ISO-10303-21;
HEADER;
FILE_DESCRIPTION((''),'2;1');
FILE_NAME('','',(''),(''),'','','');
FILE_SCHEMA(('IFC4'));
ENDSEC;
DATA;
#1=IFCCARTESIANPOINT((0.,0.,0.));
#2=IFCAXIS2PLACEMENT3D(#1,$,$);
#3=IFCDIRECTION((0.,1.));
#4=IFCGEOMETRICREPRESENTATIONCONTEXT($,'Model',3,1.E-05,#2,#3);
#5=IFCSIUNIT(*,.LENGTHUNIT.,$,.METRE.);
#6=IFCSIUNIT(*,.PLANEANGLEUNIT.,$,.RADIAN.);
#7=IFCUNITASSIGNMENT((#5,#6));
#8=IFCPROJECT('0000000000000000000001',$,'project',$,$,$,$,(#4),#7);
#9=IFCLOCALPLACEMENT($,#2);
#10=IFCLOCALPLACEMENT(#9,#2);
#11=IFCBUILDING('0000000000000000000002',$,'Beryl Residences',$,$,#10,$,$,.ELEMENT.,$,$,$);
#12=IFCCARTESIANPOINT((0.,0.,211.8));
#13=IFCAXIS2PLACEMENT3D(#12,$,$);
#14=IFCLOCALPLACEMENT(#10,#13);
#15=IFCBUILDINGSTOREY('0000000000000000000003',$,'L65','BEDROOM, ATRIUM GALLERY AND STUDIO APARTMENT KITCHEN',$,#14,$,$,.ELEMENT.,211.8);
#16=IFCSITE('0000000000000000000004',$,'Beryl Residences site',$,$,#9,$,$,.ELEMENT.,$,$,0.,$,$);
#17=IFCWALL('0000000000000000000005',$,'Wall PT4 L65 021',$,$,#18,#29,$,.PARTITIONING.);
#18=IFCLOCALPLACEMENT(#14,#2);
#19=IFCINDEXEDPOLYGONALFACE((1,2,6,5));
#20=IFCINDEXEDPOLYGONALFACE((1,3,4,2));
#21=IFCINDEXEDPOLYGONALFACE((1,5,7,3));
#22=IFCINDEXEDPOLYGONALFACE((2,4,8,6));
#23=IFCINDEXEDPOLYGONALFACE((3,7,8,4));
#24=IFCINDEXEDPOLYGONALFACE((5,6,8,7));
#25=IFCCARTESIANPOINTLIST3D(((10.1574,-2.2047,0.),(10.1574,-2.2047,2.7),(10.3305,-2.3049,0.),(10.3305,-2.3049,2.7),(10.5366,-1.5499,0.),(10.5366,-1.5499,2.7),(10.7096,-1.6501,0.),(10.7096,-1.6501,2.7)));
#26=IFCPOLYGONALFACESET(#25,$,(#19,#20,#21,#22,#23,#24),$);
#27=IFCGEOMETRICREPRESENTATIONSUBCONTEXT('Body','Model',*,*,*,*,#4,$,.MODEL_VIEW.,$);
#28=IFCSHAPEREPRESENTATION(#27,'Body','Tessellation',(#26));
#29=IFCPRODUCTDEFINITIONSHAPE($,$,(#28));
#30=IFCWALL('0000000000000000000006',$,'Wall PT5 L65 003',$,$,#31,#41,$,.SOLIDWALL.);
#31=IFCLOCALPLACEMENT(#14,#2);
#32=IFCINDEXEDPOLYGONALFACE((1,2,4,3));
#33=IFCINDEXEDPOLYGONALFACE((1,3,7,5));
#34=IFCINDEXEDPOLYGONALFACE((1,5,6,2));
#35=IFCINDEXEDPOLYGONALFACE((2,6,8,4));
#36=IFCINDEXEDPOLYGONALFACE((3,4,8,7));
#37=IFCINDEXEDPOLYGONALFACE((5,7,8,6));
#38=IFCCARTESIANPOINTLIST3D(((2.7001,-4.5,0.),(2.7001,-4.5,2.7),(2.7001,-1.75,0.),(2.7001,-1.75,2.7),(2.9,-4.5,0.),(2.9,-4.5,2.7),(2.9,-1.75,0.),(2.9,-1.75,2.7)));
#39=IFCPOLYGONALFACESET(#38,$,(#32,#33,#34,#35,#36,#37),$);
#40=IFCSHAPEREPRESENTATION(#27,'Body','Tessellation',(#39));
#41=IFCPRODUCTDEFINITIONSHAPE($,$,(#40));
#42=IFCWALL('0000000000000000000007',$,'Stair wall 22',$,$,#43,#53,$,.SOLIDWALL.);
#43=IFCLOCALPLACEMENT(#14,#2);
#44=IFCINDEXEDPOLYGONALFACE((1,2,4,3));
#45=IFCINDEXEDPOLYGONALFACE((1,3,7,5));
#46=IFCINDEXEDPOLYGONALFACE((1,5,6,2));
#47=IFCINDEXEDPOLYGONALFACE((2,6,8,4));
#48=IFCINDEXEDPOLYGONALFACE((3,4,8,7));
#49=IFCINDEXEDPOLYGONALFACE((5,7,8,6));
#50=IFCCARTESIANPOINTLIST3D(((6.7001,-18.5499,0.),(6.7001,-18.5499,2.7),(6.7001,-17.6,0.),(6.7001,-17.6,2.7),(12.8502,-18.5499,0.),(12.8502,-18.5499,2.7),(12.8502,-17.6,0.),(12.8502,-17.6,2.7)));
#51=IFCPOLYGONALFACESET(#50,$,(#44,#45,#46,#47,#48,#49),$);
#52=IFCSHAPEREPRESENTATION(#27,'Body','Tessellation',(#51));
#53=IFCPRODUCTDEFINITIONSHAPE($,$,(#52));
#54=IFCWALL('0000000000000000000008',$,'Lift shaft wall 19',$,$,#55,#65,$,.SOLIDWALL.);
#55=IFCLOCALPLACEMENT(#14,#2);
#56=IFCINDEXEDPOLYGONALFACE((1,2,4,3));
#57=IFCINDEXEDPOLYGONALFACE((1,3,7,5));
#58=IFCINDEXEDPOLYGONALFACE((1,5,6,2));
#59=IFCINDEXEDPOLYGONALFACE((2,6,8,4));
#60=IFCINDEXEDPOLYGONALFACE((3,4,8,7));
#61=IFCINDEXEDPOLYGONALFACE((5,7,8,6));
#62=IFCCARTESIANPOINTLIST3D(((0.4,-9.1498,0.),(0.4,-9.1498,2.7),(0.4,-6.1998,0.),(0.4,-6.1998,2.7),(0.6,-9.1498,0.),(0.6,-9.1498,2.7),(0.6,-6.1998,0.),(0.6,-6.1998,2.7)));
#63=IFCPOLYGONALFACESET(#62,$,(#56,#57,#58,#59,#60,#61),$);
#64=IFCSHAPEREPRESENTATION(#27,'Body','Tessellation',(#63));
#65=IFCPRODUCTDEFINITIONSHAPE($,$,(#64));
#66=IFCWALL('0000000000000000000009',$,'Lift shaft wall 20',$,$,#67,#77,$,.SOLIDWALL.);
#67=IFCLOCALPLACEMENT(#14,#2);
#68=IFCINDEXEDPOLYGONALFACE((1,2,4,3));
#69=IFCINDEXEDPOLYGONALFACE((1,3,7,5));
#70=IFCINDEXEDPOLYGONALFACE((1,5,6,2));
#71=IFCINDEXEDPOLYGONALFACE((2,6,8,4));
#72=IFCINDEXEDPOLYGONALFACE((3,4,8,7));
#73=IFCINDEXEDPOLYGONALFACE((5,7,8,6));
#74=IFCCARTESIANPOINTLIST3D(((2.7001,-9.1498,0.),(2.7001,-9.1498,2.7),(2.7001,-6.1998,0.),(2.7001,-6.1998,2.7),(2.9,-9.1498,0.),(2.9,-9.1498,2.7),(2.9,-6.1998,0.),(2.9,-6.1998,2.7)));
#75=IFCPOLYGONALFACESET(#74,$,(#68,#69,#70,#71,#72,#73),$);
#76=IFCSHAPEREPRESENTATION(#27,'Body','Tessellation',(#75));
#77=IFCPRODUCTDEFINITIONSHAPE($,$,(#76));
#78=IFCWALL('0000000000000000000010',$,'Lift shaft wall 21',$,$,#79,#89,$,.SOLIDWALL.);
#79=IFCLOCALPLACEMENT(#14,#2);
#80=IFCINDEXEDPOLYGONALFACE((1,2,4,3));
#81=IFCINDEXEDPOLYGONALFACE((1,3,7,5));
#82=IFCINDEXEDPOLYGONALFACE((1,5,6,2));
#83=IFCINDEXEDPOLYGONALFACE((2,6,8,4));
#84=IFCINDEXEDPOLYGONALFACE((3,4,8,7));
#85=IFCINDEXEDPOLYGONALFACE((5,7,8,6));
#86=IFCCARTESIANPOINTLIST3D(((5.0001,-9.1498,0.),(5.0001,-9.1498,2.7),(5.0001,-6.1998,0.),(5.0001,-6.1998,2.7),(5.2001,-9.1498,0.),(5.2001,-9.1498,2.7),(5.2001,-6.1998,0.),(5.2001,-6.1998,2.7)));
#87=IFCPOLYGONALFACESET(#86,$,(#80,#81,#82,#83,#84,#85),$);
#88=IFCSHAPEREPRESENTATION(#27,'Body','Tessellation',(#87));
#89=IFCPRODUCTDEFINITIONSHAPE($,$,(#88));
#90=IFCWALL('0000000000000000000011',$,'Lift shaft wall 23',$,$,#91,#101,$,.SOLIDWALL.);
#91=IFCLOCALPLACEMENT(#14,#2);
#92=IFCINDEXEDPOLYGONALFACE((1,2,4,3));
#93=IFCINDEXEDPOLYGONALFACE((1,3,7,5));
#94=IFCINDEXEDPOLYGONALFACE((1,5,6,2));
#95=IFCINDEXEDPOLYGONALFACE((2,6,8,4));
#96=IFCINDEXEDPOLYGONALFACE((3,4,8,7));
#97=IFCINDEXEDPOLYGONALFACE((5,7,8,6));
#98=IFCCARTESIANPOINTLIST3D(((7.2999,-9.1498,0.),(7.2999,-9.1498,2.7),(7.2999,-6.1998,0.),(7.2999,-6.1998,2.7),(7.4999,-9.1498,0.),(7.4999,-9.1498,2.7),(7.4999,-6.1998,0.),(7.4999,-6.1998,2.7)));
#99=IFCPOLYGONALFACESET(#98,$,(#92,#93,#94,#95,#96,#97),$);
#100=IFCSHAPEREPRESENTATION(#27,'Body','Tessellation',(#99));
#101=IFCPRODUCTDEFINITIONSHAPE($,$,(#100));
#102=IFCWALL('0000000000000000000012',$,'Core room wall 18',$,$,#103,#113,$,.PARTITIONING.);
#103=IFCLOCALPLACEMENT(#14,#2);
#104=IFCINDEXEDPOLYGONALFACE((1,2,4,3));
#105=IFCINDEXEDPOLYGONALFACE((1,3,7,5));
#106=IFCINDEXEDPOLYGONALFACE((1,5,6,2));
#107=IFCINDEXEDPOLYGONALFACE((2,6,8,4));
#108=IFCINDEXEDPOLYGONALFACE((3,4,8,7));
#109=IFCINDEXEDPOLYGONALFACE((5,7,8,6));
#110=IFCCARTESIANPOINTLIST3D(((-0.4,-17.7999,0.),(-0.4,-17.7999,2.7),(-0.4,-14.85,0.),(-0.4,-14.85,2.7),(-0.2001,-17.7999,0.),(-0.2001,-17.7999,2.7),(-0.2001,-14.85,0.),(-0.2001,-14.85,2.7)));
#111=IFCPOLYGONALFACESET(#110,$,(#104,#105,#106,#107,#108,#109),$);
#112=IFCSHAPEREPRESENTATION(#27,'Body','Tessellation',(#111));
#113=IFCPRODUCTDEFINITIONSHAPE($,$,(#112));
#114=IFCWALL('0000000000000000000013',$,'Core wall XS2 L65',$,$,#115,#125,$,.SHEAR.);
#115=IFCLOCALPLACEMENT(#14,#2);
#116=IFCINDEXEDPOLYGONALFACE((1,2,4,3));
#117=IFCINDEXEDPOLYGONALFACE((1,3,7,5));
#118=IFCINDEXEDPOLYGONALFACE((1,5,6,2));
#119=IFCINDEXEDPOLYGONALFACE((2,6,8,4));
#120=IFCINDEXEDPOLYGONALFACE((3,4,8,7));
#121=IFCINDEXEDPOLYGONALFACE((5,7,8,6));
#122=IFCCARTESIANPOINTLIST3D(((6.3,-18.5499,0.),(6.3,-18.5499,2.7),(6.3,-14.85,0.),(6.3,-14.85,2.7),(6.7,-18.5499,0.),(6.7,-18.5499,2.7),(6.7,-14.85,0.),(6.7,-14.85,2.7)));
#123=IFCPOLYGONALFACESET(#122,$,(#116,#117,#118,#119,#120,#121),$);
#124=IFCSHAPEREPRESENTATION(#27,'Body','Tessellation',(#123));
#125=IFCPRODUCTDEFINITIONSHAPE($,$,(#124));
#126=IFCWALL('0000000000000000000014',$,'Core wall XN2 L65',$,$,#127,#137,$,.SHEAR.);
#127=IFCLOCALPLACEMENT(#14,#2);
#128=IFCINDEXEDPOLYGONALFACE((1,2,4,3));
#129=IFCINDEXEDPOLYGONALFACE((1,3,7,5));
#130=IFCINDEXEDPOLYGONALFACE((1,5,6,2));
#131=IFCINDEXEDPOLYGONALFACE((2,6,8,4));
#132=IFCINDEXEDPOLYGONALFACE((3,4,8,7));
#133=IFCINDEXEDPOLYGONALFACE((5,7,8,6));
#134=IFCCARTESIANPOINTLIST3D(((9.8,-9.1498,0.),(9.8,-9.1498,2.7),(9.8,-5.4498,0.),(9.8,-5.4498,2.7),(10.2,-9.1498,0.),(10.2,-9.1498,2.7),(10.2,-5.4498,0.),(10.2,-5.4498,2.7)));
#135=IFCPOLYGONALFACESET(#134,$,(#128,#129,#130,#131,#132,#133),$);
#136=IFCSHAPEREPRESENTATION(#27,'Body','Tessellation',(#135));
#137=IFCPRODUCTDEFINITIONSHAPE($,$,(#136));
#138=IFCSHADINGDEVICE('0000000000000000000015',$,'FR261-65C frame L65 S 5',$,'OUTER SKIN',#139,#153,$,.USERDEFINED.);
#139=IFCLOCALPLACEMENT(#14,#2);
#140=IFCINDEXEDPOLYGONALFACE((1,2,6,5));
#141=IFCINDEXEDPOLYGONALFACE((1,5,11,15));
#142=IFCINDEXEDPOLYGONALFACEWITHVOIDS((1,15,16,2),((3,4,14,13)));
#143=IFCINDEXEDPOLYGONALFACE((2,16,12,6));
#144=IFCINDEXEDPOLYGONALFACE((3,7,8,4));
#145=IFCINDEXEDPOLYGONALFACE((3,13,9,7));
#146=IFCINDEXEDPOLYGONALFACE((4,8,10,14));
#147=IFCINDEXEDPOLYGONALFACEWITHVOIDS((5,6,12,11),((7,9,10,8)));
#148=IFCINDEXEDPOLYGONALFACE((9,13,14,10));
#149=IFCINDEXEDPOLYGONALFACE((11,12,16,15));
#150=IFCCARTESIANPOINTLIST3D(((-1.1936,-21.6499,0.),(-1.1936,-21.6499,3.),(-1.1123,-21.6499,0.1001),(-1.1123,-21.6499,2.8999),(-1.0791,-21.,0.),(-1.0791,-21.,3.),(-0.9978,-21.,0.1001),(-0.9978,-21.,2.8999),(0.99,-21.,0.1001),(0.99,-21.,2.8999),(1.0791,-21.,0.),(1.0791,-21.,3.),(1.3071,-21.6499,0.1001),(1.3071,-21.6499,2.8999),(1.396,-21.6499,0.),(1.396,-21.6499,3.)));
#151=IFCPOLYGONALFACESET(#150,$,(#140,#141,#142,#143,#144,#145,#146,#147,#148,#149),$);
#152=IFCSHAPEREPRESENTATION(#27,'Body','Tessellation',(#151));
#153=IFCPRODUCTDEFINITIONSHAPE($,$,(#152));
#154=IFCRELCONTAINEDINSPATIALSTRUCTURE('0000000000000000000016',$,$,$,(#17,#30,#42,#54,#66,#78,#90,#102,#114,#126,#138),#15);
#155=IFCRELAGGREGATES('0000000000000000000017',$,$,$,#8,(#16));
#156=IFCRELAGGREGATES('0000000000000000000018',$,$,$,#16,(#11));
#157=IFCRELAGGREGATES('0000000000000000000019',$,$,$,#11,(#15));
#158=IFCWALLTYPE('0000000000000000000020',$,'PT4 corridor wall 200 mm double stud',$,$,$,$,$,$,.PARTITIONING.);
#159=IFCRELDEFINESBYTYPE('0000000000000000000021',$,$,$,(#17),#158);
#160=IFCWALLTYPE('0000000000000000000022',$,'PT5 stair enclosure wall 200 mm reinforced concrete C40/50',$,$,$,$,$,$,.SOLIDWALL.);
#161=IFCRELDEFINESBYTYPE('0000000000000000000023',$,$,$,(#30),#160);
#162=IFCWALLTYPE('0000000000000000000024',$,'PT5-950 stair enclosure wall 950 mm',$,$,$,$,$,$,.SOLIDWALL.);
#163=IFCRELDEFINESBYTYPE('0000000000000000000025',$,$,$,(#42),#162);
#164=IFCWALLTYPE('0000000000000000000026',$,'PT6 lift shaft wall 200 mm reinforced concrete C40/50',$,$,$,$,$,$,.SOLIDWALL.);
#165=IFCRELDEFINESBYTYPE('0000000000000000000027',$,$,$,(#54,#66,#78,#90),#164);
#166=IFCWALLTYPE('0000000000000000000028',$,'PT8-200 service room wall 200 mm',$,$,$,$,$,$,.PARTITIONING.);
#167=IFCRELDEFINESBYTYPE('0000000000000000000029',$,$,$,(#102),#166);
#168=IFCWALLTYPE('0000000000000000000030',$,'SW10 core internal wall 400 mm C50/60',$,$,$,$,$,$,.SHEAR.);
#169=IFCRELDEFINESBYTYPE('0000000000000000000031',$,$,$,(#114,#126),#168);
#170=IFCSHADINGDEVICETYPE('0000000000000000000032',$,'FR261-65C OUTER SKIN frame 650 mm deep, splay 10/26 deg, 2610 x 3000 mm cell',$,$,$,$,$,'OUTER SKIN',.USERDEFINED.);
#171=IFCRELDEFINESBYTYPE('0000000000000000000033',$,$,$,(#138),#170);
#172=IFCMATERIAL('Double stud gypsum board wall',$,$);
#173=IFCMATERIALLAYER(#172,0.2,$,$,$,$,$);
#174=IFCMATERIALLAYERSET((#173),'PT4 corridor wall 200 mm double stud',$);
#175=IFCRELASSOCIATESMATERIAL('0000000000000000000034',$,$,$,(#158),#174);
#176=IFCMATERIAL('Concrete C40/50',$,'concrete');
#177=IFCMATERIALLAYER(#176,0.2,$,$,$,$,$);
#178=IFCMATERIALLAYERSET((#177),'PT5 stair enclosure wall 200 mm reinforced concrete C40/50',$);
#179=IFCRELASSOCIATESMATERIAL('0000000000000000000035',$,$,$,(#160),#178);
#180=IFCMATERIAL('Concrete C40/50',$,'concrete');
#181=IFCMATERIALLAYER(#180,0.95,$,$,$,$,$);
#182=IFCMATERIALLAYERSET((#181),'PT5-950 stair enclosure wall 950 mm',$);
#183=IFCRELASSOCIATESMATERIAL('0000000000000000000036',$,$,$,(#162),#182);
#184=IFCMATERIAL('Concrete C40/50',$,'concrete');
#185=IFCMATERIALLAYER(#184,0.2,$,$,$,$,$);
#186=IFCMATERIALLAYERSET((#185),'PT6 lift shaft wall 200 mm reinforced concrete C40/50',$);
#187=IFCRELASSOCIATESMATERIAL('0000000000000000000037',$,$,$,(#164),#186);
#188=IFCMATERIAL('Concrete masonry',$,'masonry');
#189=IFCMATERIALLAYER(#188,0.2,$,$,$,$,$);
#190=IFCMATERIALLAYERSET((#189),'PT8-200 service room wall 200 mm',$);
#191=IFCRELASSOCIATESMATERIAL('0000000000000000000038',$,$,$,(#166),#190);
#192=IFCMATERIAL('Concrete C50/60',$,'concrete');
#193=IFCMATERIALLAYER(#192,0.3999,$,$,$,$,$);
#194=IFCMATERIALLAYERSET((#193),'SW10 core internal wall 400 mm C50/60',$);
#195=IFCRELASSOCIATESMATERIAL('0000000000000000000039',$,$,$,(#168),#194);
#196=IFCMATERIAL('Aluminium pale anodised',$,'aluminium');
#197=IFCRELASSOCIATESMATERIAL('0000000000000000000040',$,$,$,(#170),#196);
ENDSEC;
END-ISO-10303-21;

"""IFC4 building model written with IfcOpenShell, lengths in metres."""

from ifc_helpers import new_model, entity, si_unit, direction, frame, frame_2d, origin, place, context, subcontext, project, spatial, rectangle, extrude, source, transform, mapped, material, layer, layer_set, type_object, type_shapes, element, save


model = new_model("IFC4")

# Units and contexts
model_context = context("Model", 3, precision=1e-05, world=origin(), true_north=direction((0.0, 1.0)))
body_context = subcontext(model_context, "Body", "Model", "MODEL_VIEW")
ifc_project = project(units=[si_unit("LENGTHUNIT", "METRE"), si_unit("PLANEANGLEUNIT", "RADIAN")], contexts=[model_context])

# Site, building, storey
site_placement = place(None, origin())
site = spatial("IfcSite", under=ifc_project, at=site_placement, Name="Beryl Residences site", CompositionType="ELEMENT", RefElevation=0.0)
building_placement = place(site_placement, origin())
building = spatial("IfcBuilding", under=site, at=building_placement, Name="Beryl Residences", CompositionType="ELEMENT")
storey_placement = place(building_placement, frame((0.0, 0.0, 211.8)))
storey = spatial("IfcBuildingStorey", under=building, at=storey_placement, Name="L65", Description="BEDROOM, ATRIUM GALLERY AND STUDIO APARTMENT KITCHEN", CompositionType="ELEMENT", Elevation=211.8)

# Walls
ifc_material_1 = material(Name="Double stud gypsum board wall")
ifc_layer_1 = layer(ifc_material_1, 0.2)
ifc_layer_set_1 = layer_set([ifc_layer_1], Name="PT4 corridor wall 200 mm double stud")
wall_type_1 = type_object("IfcWallType", Name="PT4 corridor wall 200 mm double stud", PredefinedType="PARTITIONING", material=ifc_layer_set_1)
wall_1_placement = place(storey_placement, frame((10.2439, -2.2549, 0.0), z_axis=(0.0, 0.0, 1.0), x_axis=(0.5011, 0.865389, 0.0)))
element("IfcWall", 1, at=wall_1_placement, inside=storey, type_object=wall_type_1, Name="Wall PT4 L65 021", PredefinedType="PARTITIONING", context=body_context, shape_type="SweptSolid", body=[
    extrude(rectangle(XDim=0.7566, YDim=0.2, at=frame_2d((0.3784, 0.0))), origin(), (0.0, 0.0, 1.0), 2.7),
])
ifc_material_2 = material(Name="Concrete C40/50", Category="concrete")
ifc_layer_2 = layer(ifc_material_2, 0.2)
ifc_layer_set_2 = layer_set([ifc_layer_2], Name="PT5 stair enclosure wall 200 mm reinforced concrete C40/50")
wall_type_2 = type_object("IfcWallType", Name="PT5 stair enclosure wall 200 mm reinforced concrete C40/50", PredefinedType="SOLIDWALL", material=ifc_layer_set_2)
wall_2_placement = place(storey_placement, frame((2.8, -4.5, 0.0), z_axis=(0.0, 0.0, 1.0), x_axis=(0.0, 1.0, 0.0)))
element("IfcWall", 2, at=wall_2_placement, inside=storey, type_object=wall_type_2, Name="Wall PT5 L65 003", PredefinedType="SOLIDWALL", context=body_context, shape_type="SweptSolid", body=[
    extrude(rectangle(XDim=2.75, YDim=0.2, at=frame_2d((1.375, 0.0))), origin(), (0.0, 0.0, 1.0), 2.7),
])
ifc_material_3 = material(Name="Concrete C40/50", Category="concrete")
ifc_layer_3 = layer(ifc_material_3, 0.95)
ifc_layer_set_3 = layer_set([ifc_layer_3], Name="PT5-950 stair enclosure wall 950 mm")
wall_type_3 = type_object("IfcWallType", Name="PT5-950 stair enclosure wall 950 mm", PredefinedType="SOLIDWALL", material=ifc_layer_set_3)
wall_3_placement = place(storey_placement, frame((6.7, -18.075, 0.0), z_axis=(0.0, 0.0, 1.0), x_axis=(1.0, 0.0, 0.0)))
element("IfcWall", 3, at=wall_3_placement, inside=storey, type_object=wall_type_3, Name="Stair wall 22", PredefinedType="SOLIDWALL", context=body_context, shape_type="SweptSolid", body=[
    extrude(rectangle(XDim=6.1501, YDim=0.95, at=frame_2d((3.0752, 0.0))), origin(), (0.0, 0.0, 1.0), 2.7),
])
ifc_material_4 = material(Name="Concrete C40/50", Category="concrete")
ifc_layer_4 = layer(ifc_material_4, 0.2)
ifc_layer_set_4 = layer_set([ifc_layer_4], Name="PT6 lift shaft wall 200 mm reinforced concrete C40/50")
wall_type_4 = type_object("IfcWallType", Name="PT6 lift shaft wall 200 mm reinforced concrete C40/50", PredefinedType="SOLIDWALL", material=ifc_layer_set_4)
for number, where, z_axis, x_axis, name in (
    (4, (0.5, -9.1499, 0.0), (0.0, 0.0, 1.0), (0.0, 1.0, 0.0), "Lift shaft wall 19"),
    (5, (2.8, -9.1499, 0.0), (0.0, 0.0, 1.0), (0.0, 1.0, 0.0), "Lift shaft wall 20"),
    (6, (5.1001, -9.1499, 0.0), (0.0, 0.0, 1.0), (0.0, 1.0, 0.0), "Lift shaft wall 21"),
    (7, (7.3999, -9.1499, 0.0), (0.0, 0.0, 1.0), (0.0, 1.0, 0.0), "Lift shaft wall 23"),
):
    element("IfcWall", number, at=place(storey_placement, frame(where, z_axis=z_axis, x_axis=x_axis)), inside=storey, type_object=wall_type_4, Name=name, PredefinedType="SOLIDWALL", context=body_context, shape_type="SweptSolid", body=[
        extrude(rectangle(XDim=2.95, YDim=0.2, at=frame_2d((1.4751, 0.0))), origin(), (0.0, 0.0, 1.0), 2.7),
    ])
ifc_material_5 = material(Name="Concrete masonry", Category="masonry")
ifc_layer_5 = layer(ifc_material_5, 0.2)
ifc_layer_set_5 = layer_set([ifc_layer_5], Name="PT8-200 service room wall 200 mm")
wall_type_5 = type_object("IfcWallType", Name="PT8-200 service room wall 200 mm", PredefinedType="PARTITIONING", material=ifc_layer_set_5)
wall_4_placement = place(storey_placement, frame((-0.3, -17.8, 0.0), z_axis=(0.0, 0.0, 1.0), x_axis=(0.0, 1.0, 0.0)))
element("IfcWall", 8, at=wall_4_placement, inside=storey, type_object=wall_type_5, Name="Core room wall 18", PredefinedType="PARTITIONING", context=body_context, shape_type="SweptSolid", body=[
    extrude(rectangle(XDim=2.95, YDim=0.2, at=frame_2d((1.4751, 0.0))), origin(), (0.0, 0.0, 1.0), 2.7),
])
ifc_material_6 = material(Name="Concrete C50/60", Category="concrete")
ifc_layer_6 = layer(ifc_material_6, 0.3999)
ifc_layer_set_6 = layer_set([ifc_layer_6], Name="SW10 core internal wall 400 mm C50/60")
wall_type_6 = type_object("IfcWallType", Name="SW10 core internal wall 400 mm C50/60", PredefinedType="SHEAR", material=ifc_layer_set_6)
for number, where, z_axis, x_axis, name in (
    (9, (6.5, -18.55, 0.0), (0.0, 0.0, 1.0), (0.0, 1.0, 0.0), "Core wall XS2 L65"),
    (10, (10.0, -9.1499, 0.0), (0.0, 0.0, 1.0), (0.0, 1.0, 0.0), "Core wall XN2 L65"),
):
    element("IfcWall", number, at=place(storey_placement, frame(where, z_axis=z_axis, x_axis=x_axis)), inside=storey, type_object=wall_type_6, Name=name, PredefinedType="SHEAR", context=body_context, shape_type="SweptSolid", body=[
        extrude(rectangle(XDim=3.7, YDim=0.3999, at=frame_2d((1.8501, 0.0))), origin(), (0.0, 0.0, 1.0), 2.7),
    ])

# Shading device
ifc_material_7 = material(Name="Aluminium pale anodised", Category="aluminium")
shading_device_type_1 = type_object("IfcShadingDeviceType", Name="FR261-65C OUTER SKIN frame 650 mm deep, splay 10/26 deg, 2610 x 3000 mm cell", ElementType="OUTER SKIN", PredefinedType="USERDEFINED", material=ifc_material_7)
cartesian_point_1 = entity("IfcCartesianPoint", [-1.0791, 0.0])
cartesian_point_2 = entity("IfcCartesianPoint", [-0.9978, 0.1001])
cartesian_point_3 = entity("IfcCartesianPoint", [-1.1936, 0.0])
cartesian_point_4 = entity("IfcCartesianPoint", [-1.1123, 0.1001])
shared_shape_1 = source(origin(), body_context, "Body", "SweptSolid", [
    entity("IfcExtrudedAreaSolidTapered", entity("IfcArbitraryProfileDefWithVoids", "AREA", None, entity("IfcPolyline", [cartesian_point_1, entity("IfcCartesianPoint", [1.0791, 0.0]), entity("IfcCartesianPoint", [1.0791, 3.0]), entity("IfcCartesianPoint", [-1.0791, 3.0]), cartesian_point_1]), [entity("IfcPolyline", [cartesian_point_2, entity("IfcCartesianPoint", [0.99, 0.1001]), entity("IfcCartesianPoint", [0.99, 2.8999]), entity("IfcCartesianPoint", [-0.9978, 2.8999]), cartesian_point_2])]), entity("IfcAxis2Placement3D", entity("IfcCartesianPoint", [0.0, 0.0, 0.0]), entity("IfcDirection", [0.0, 1.0, 0.0]), entity("IfcDirection", [-1.0, 0.0, 0.0])), entity("IfcDirection", [0.0, 0.0, 1.0]), 0.6499, entity("IfcArbitraryProfileDefWithVoids", "AREA", None, entity("IfcPolyline", [cartesian_point_3, entity("IfcCartesianPoint", [1.396, 0.0]), entity("IfcCartesianPoint", [1.396, 3.0]), entity("IfcCartesianPoint", [-1.1936, 3.0]), cartesian_point_3]), [entity("IfcPolyline", [cartesian_point_4, entity("IfcCartesianPoint", [1.3071, 0.1001]), entity("IfcCartesianPoint", [1.3071, 2.8999]), entity("IfcCartesianPoint", [-1.1123, 2.8999]), cartesian_point_4])])),
])
type_shapes(shading_device_type_1, [shared_shape_1])
for number, where, z_axis, x_axis, name in (
    (11, (0.0, -21.0, 0.0), (0.0, 0.0, 1.0), (-1.0, 0.0, 0.0), "FR261-65C frame L65 S 5"),
):
    element("IfcShadingDevice", number, at=place(storey_placement, frame(where, z_axis=z_axis, x_axis=x_axis)), inside=storey, type_object=shading_device_type_1, Name=name, ObjectType="OUTER SKIN", PredefinedType="USERDEFINED", context=body_context, shape_type="MappedRepresentation", body=[
        mapped(shared_shape_1, transform((0.0, 0.0, 0.0))),
    ])

save(model, "model.ifc")
